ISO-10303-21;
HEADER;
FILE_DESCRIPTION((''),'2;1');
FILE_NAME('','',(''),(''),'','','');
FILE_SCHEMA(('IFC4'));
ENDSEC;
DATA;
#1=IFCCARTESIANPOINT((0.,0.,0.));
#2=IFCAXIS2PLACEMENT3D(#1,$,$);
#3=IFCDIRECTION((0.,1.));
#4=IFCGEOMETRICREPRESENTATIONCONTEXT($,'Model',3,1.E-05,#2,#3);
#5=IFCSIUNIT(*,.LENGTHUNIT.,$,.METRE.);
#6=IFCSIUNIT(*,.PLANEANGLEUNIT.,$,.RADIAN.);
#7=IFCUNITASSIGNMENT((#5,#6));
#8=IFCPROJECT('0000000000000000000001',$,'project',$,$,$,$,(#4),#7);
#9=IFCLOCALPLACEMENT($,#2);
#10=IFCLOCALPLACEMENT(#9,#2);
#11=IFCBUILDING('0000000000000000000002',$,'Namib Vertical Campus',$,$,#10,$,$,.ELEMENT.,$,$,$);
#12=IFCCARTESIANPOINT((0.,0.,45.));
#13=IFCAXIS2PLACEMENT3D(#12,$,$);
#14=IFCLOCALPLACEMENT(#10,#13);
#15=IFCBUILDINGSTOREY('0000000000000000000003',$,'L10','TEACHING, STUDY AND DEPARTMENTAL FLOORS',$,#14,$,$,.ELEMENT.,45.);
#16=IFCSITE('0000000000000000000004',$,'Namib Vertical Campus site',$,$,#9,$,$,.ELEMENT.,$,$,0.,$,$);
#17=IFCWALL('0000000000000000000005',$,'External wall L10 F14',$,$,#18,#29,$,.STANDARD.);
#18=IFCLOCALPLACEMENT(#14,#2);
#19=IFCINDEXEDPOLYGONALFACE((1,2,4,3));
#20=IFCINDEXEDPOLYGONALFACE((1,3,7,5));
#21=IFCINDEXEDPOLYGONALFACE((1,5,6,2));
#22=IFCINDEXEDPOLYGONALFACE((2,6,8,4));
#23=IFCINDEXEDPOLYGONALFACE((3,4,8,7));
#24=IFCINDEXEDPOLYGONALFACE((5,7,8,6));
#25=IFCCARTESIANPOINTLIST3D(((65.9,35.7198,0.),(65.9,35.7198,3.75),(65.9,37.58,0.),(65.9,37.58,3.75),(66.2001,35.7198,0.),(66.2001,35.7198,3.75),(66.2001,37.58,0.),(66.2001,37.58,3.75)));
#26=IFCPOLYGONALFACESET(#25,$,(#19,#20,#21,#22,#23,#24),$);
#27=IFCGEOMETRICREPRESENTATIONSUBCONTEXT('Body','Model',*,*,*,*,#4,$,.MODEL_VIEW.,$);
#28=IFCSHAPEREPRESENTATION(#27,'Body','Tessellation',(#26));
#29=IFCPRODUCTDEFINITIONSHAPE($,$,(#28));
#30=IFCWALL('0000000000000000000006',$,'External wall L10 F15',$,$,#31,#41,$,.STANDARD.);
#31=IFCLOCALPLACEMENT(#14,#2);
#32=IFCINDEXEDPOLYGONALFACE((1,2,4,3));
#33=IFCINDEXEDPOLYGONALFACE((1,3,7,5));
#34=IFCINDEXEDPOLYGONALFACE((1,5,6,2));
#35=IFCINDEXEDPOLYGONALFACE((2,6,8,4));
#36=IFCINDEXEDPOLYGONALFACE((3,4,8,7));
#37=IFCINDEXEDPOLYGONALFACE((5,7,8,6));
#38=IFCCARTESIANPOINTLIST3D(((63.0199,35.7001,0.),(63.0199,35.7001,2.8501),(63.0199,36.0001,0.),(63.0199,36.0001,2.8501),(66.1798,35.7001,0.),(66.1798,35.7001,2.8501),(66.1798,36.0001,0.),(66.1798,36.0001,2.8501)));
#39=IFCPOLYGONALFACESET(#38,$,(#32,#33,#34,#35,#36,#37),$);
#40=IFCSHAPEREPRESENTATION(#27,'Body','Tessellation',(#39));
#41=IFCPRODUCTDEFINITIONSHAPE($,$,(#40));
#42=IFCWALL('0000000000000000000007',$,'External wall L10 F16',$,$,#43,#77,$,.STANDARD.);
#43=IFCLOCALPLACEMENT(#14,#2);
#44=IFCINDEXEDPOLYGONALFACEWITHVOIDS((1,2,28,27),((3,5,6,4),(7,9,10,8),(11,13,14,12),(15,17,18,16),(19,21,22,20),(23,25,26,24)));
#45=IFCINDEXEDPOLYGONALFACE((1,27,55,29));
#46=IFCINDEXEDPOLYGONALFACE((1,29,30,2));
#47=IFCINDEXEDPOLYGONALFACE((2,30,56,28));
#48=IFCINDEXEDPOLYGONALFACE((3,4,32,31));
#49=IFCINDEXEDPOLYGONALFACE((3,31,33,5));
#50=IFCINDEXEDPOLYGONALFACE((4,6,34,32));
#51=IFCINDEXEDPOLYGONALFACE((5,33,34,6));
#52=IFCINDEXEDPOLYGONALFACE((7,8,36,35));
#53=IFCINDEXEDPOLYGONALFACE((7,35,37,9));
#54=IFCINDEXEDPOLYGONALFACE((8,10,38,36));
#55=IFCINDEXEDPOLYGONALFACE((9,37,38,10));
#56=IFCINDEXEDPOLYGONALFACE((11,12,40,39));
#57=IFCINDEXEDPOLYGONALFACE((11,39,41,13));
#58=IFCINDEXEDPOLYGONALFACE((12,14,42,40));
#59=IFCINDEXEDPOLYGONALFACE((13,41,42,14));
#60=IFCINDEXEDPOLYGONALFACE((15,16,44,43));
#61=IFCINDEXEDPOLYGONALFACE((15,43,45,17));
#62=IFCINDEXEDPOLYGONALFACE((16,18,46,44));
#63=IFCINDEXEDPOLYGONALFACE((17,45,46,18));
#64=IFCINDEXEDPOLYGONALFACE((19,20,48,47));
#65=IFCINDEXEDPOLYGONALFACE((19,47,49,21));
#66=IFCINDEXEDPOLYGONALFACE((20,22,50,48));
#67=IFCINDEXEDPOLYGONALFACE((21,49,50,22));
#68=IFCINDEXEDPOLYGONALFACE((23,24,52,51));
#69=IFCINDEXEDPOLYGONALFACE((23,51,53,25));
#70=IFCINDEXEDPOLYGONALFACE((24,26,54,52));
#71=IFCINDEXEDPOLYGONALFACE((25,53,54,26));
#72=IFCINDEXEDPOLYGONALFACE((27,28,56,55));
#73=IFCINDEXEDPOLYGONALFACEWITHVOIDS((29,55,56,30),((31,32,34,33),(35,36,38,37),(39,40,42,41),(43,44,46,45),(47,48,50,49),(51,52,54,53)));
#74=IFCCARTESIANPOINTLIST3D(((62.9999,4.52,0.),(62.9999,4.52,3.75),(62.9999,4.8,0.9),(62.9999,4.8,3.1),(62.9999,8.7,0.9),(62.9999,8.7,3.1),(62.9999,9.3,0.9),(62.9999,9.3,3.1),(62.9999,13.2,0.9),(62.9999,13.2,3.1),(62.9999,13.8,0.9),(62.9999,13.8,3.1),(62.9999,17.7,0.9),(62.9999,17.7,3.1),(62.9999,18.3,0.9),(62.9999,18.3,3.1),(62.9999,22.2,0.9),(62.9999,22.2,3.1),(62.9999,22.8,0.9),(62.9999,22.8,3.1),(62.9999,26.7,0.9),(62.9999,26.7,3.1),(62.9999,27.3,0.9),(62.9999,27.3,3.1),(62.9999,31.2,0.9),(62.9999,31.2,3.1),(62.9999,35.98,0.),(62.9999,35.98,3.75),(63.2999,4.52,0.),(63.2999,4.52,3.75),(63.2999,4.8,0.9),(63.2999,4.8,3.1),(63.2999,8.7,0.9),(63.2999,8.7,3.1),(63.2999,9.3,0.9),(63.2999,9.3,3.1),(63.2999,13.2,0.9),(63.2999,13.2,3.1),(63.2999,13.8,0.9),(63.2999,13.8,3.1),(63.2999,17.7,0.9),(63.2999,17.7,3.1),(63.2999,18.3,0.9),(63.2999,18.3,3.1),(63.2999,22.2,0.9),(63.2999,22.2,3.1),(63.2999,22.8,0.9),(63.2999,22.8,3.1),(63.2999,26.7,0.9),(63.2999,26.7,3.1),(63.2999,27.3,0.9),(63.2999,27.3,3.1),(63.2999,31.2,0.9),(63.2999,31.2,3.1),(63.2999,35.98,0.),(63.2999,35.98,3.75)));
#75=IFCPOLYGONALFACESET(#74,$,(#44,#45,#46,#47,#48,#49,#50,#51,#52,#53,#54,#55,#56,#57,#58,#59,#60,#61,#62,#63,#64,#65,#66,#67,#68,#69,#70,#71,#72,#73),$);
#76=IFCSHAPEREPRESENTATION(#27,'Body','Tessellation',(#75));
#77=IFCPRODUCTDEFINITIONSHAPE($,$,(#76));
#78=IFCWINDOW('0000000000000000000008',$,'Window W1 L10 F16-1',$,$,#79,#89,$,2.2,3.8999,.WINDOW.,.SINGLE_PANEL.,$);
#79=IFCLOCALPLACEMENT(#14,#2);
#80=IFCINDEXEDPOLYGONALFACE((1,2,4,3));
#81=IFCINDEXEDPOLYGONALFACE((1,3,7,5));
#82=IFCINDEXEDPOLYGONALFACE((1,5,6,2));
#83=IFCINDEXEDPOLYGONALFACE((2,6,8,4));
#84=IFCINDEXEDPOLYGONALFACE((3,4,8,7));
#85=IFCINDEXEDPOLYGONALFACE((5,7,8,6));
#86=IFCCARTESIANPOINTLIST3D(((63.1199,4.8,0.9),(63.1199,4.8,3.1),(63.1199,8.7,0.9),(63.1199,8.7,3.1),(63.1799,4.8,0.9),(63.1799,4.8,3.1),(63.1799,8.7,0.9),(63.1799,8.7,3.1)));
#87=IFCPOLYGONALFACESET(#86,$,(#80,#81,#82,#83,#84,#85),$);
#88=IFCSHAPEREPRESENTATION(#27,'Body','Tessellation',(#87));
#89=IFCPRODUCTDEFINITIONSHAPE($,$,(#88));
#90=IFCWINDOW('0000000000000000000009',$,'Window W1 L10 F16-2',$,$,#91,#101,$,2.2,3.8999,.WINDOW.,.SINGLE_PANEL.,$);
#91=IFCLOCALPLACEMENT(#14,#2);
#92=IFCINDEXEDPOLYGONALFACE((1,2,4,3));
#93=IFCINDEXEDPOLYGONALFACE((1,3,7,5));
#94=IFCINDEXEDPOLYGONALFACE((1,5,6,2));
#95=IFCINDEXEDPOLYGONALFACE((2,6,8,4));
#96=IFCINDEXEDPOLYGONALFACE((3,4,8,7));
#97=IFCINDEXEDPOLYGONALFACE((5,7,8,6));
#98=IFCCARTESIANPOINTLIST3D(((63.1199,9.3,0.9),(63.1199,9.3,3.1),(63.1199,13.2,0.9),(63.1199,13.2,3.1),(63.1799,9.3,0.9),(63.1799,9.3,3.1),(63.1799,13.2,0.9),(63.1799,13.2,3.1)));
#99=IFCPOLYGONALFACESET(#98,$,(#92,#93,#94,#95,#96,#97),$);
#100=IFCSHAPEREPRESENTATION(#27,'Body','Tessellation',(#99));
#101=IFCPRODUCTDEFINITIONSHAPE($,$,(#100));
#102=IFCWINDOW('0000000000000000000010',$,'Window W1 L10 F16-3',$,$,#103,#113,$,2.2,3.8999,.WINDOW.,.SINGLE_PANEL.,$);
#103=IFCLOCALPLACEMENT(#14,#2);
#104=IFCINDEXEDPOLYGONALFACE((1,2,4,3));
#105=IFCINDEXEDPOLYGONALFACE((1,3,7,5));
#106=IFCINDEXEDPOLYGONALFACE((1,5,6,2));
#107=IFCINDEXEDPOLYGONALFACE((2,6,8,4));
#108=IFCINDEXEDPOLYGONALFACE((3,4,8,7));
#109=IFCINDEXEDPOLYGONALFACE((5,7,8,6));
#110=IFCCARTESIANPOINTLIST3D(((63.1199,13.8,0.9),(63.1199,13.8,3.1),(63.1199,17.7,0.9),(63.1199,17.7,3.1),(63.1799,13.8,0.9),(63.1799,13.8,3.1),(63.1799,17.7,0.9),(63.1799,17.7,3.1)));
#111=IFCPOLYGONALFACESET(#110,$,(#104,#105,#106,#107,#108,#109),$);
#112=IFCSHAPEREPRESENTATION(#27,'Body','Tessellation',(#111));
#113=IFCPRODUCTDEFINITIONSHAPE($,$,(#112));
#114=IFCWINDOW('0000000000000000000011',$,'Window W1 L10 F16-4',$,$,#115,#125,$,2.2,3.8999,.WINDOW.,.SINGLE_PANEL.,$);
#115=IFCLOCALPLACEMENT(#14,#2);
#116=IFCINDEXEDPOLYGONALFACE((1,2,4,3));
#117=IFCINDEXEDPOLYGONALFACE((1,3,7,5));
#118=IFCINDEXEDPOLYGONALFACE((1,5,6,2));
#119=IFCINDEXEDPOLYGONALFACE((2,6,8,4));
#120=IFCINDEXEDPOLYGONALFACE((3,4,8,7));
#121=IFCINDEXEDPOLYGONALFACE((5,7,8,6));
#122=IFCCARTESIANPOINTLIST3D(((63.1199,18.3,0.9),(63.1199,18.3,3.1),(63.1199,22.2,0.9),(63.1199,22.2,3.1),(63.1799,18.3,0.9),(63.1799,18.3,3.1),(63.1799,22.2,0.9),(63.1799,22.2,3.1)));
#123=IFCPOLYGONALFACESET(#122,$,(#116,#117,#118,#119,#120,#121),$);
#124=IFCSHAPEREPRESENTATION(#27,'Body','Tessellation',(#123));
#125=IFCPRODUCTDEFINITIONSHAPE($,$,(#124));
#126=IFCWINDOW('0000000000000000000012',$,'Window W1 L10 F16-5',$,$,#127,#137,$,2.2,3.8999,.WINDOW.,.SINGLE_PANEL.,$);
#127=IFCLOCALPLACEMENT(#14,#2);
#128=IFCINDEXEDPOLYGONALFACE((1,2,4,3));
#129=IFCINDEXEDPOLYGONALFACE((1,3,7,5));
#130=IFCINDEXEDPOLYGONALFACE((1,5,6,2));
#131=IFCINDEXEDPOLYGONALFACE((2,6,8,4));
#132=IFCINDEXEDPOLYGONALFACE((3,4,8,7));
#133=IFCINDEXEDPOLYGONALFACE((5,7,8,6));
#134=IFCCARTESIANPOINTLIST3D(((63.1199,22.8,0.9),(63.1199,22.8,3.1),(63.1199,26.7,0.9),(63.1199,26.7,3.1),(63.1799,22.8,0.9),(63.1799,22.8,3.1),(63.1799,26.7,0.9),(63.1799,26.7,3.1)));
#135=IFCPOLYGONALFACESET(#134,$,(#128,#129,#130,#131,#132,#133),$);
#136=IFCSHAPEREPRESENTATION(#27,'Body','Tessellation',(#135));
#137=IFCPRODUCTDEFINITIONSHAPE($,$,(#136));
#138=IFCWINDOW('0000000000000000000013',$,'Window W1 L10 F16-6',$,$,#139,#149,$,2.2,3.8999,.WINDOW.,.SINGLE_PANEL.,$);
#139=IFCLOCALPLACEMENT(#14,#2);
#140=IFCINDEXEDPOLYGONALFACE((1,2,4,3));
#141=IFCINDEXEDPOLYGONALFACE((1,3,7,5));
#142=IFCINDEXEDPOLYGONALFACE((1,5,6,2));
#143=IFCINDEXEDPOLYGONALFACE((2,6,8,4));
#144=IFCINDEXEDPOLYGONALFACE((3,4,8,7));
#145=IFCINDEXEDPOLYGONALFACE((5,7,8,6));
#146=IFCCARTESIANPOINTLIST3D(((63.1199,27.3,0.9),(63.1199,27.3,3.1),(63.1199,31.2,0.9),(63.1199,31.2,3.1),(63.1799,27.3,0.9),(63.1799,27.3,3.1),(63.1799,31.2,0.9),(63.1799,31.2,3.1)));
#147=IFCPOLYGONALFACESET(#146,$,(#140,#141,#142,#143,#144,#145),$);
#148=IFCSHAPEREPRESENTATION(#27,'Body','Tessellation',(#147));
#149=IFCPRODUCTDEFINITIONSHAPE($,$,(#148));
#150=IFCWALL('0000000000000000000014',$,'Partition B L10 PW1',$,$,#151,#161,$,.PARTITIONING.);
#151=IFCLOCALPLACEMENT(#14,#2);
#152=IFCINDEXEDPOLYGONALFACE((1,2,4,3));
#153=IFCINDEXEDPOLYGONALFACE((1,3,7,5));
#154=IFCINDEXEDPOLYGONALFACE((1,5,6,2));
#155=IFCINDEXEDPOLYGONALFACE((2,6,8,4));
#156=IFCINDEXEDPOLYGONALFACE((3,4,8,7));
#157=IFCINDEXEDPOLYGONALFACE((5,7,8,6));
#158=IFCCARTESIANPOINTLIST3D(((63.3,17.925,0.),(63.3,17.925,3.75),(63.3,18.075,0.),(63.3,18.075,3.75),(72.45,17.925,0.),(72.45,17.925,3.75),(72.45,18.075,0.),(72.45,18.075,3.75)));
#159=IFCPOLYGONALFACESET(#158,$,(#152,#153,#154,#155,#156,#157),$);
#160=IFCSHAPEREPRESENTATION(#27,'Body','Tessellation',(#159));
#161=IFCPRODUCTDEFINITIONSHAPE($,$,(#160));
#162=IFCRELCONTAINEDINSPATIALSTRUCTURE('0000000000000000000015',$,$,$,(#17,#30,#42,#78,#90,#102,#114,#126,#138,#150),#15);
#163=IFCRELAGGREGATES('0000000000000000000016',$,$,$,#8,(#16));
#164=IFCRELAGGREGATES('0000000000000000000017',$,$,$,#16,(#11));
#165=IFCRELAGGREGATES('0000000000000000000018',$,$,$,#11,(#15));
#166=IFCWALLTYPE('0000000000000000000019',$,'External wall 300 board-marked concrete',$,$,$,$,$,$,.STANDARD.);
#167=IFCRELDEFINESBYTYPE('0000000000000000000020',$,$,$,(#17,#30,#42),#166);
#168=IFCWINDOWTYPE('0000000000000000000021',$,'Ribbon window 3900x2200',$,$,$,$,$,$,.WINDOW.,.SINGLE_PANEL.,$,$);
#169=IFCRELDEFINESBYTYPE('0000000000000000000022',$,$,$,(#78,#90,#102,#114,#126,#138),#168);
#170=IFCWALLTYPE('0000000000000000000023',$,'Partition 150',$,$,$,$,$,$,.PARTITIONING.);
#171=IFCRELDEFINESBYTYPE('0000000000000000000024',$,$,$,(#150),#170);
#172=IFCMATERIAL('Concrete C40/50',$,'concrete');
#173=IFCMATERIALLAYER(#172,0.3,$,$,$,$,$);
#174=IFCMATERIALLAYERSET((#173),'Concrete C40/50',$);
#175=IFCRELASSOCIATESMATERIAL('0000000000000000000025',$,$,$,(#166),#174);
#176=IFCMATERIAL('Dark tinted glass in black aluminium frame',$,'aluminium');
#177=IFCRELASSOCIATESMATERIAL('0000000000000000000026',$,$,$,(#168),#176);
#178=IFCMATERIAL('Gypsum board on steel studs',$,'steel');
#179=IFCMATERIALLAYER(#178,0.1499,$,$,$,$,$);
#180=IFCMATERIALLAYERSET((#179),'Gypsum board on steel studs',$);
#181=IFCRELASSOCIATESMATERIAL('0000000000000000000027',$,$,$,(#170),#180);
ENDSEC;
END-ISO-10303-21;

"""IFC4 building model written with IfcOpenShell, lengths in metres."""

from ifc_helpers import new_model, si_unit, direction, frame, frame_2d, origin, place, context, subcontext, project, spatial, rectangle, extrude, material, layer, layer_set, type_object, element, fill, save


model = new_model("IFC4")

# Units and contexts
model_context = context("Model", 3, precision=1e-05, world=origin(), true_north=direction((0.0, 1.0)))
body_context = subcontext(model_context, "Body", "Model", "MODEL_VIEW")
ifc_project = project(units=[si_unit("LENGTHUNIT", "METRE"), si_unit("PLANEANGLEUNIT", "RADIAN")], contexts=[model_context])

# Site, building, storey
site_placement = place(None, origin())
site = spatial("IfcSite", under=ifc_project, at=site_placement, Name="Namib Vertical Campus site", CompositionType="ELEMENT", RefElevation=0.0)
building_placement = place(site_placement, origin())
building = spatial("IfcBuilding", under=site, at=building_placement, Name="Namib Vertical Campus", CompositionType="ELEMENT")
storey_placement = place(building_placement, frame((0.0, 0.0, 45.0)))
storey = spatial("IfcBuildingStorey", under=building, at=storey_placement, Name="L10", Description="TEACHING, STUDY AND DEPARTMENTAL FLOORS", CompositionType="ELEMENT", Elevation=45.0)

# Walls
ifc_material_1 = material(Name="Concrete C40/50", Category="concrete")
ifc_layer_1 = layer(ifc_material_1, 0.3)
ifc_layer_set_1 = layer_set([ifc_layer_1], Name="Concrete C40/50")
wall_type_1 = type_object("IfcWallType", Name="External wall 300 board-marked concrete", PredefinedType="STANDARD", material=ifc_layer_set_1)
wall_1_placement = place(storey_placement, frame((66.05, 37.5801, 0.0), z_axis=(0.0, 0.0, 1.0), x_axis=(0.0, -1.0, 0.0)))
element("IfcWall", 1, at=wall_1_placement, inside=storey, type_object=wall_type_1, Name="External wall L10 F14", PredefinedType="STANDARD", context=body_context, shape_type="SweptSolid", body=[
    extrude(rectangle(XDim=1.8601, YDim=0.3, at=frame_2d((0.9302, 0.0))), origin(), (0.0, 0.0, 1.0), 3.75),
])
wall_2_placement = place(storey_placement, frame((66.1799, 35.8501, 0.0), z_axis=(0.0, 0.0, 1.0), x_axis=(-1.0, 0.0, 0.0)))
element("IfcWall", 2, at=wall_2_placement, inside=storey, type_object=wall_type_1, Name="External wall L10 F15", PredefinedType="STANDARD", context=body_context, shape_type="SweptSolid", body=[
    extrude(rectangle(XDim=3.1599, YDim=0.3, at=frame_2d((1.5801, 0.0))), origin(), (0.0, 0.0, 1.0), 2.8501),
])

# Wall, openings, windows
wall_3_placement = place(storey_placement, frame((63.1499, 35.98, 0.0), z_axis=(0.0, 0.0, 1.0), x_axis=(0.0, -1.0, 0.0)))
wall_3 = element("IfcWall", 3, at=wall_3_placement, inside=storey, type_object=wall_type_1, Name="External wall L10 F16", PredefinedType="STANDARD", context=body_context, shape_type="SweptSolid", body=[
    extrude(rectangle(XDim=31.46, YDim=0.3, at=frame_2d((15.73, 0.0))), origin(), (0.0, 0.0, 1.0), 3.75),
])
opening_1_placement = place(wall_3_placement, frame((27.28, 0.0, 0.8999)))
opening_1 = element("IfcOpeningElement", 4, at=opening_1_placement, cuts=wall_3, PredefinedType="OPENING", context=body_context, shape_type="SweptSolid", body=[
    extrude(rectangle(XDim=3.8999, YDim=2.2, at=frame_2d((1.95, 1.1001))), frame((0.0, 0.1599, 0.0), z_axis=(0.0, -1.0, 0.0), x_axis=(1.0, 0.0, 0.0)), (0.0, 0.0, 1.0), 0.3201),
])
opening_2_placement = place(wall_3_placement, frame((22.78, 0.0, 0.8999)))
opening_2 = element("IfcOpeningElement", 5, at=opening_2_placement, cuts=wall_3, PredefinedType="OPENING", context=body_context, shape_type="SweptSolid", body=[
    extrude(rectangle(XDim=3.8999, YDim=2.2, at=frame_2d((1.95, 1.1001))), frame((0.0, 0.1599, 0.0), z_axis=(0.0, -1.0, 0.0), x_axis=(1.0, 0.0, 0.0)), (0.0, 0.0, 1.0), 0.3201),
])
opening_3_placement = place(wall_3_placement, frame((18.28, 0.0, 0.8999)))
opening_3 = element("IfcOpeningElement", 6, at=opening_3_placement, cuts=wall_3, PredefinedType="OPENING", context=body_context, shape_type="SweptSolid", body=[
    extrude(rectangle(XDim=3.8999, YDim=2.2, at=frame_2d((1.95, 1.1001))), frame((0.0, 0.1599, 0.0), z_axis=(0.0, -1.0, 0.0), x_axis=(1.0, 0.0, 0.0)), (0.0, 0.0, 1.0), 0.3201),
])
opening_4_placement = place(wall_3_placement, frame((13.78, 0.0, 0.8999)))
opening_4 = element("IfcOpeningElement", 7, at=opening_4_placement, cuts=wall_3, PredefinedType="OPENING", context=body_context, shape_type="SweptSolid", body=[
    extrude(rectangle(XDim=3.8999, YDim=2.2, at=frame_2d((1.95, 1.1001))), frame((0.0, 0.1599, 0.0), z_axis=(0.0, -1.0, 0.0), x_axis=(1.0, 0.0, 0.0)), (0.0, 0.0, 1.0), 0.3201),
])
opening_5_placement = place(wall_3_placement, frame((9.28, 0.0, 0.8999)))
opening_5 = element("IfcOpeningElement", 8, at=opening_5_placement, cuts=wall_3, PredefinedType="OPENING", context=body_context, shape_type="SweptSolid", body=[
    extrude(rectangle(XDim=3.8999, YDim=2.2, at=frame_2d((1.95, 1.1001))), frame((0.0, 0.1599, 0.0), z_axis=(0.0, -1.0, 0.0), x_axis=(1.0, 0.0, 0.0)), (0.0, 0.0, 1.0), 0.3201),
])
opening_6_placement = place(wall_3_placement, frame((4.78, 0.0, 0.8999)))
opening_6 = element("IfcOpeningElement", 9, at=opening_6_placement, cuts=wall_3, PredefinedType="OPENING", context=body_context, shape_type="SweptSolid", body=[
    extrude(rectangle(XDim=3.8999, YDim=2.2, at=frame_2d((1.95, 1.1001))), frame((0.0, 0.1599, 0.0), z_axis=(0.0, -1.0, 0.0), x_axis=(1.0, 0.0, 0.0)), (0.0, 0.0, 1.0), 0.3201),
])
ifc_material_2 = material(Name="Dark tinted glass in black aluminium frame", Category="aluminium")
window_type = type_object("IfcWindowType", Name="Ribbon window 3900x2200", PartitioningType="SINGLE_PANEL", PredefinedType="WINDOW", material=ifc_material_2)
window_1_placement = place(opening_1_placement, origin())
window_1 = element("IfcWindow", 10, at=window_1_placement, inside=storey, type_object=window_type, Name="Window W1 L10 F16-1", OverallHeight=2.2, OverallWidth=3.8999, PartitioningType="SINGLE_PANEL", PredefinedType="WINDOW", context=body_context, shape_type="SweptSolid", body=[
    extrude(rectangle(XDim=3.8999, YDim=2.2, at=frame_2d((1.95, 1.1001))), frame((0.0, 0.03, 0.0), z_axis=(0.0, -1.0, 0.0), x_axis=(1.0, 0.0, 0.0)), (0.0, 0.0, 1.0), 0.0601),
])
fill(opening_1, window_1)
window_2_placement = place(opening_2_placement, origin())
window_2 = element("IfcWindow", 11, at=window_2_placement, inside=storey, type_object=window_type, Name="Window W1 L10 F16-2", OverallHeight=2.2, OverallWidth=3.8999, PartitioningType="SINGLE_PANEL", PredefinedType="WINDOW", context=body_context, shape_type="SweptSolid", body=[
    extrude(rectangle(XDim=3.8999, YDim=2.2, at=frame_2d((1.95, 1.1001))), frame((0.0, 0.03, 0.0), z_axis=(0.0, -1.0, 0.0), x_axis=(1.0, 0.0, 0.0)), (0.0, 0.0, 1.0), 0.0601),
])
fill(opening_2, window_2)
window_3_placement = place(opening_3_placement, origin())
window_3 = element("IfcWindow", 12, at=window_3_placement, inside=storey, type_object=window_type, Name="Window W1 L10 F16-3", OverallHeight=2.2, OverallWidth=3.8999, PartitioningType="SINGLE_PANEL", PredefinedType="WINDOW", context=body_context, shape_type="SweptSolid", body=[
    extrude(rectangle(XDim=3.8999, YDim=2.2, at=frame_2d((1.95, 1.1001))), frame((0.0, 0.03, 0.0), z_axis=(0.0, -1.0, 0.0), x_axis=(1.0, 0.0, 0.0)), (0.0, 0.0, 1.0), 0.0601),
])
fill(opening_3, window_3)
window_4_placement = place(opening_4_placement, origin())
window_4 = element("IfcWindow", 13, at=window_4_placement, inside=storey, type_object=window_type, Name="Window W1 L10 F16-4", OverallHeight=2.2, OverallWidth=3.8999, PartitioningType="SINGLE_PANEL", PredefinedType="WINDOW", context=body_context, shape_type="SweptSolid", body=[
    extrude(rectangle(XDim=3.8999, YDim=2.2, at=frame_2d((1.95, 1.1001))), frame((0.0, 0.03, 0.0), z_axis=(0.0, -1.0, 0.0), x_axis=(1.0, 0.0, 0.0)), (0.0, 0.0, 1.0), 0.0601),
])
fill(opening_4, window_4)
window_5_placement = place(opening_5_placement, origin())
window_5 = element("IfcWindow", 14, at=window_5_placement, inside=storey, type_object=window_type, Name="Window W1 L10 F16-5", OverallHeight=2.2, OverallWidth=3.8999, PartitioningType="SINGLE_PANEL", PredefinedType="WINDOW", context=body_context, shape_type="SweptSolid", body=[
    extrude(rectangle(XDim=3.8999, YDim=2.2, at=frame_2d((1.95, 1.1001))), frame((0.0, 0.03, 0.0), z_axis=(0.0, -1.0, 0.0), x_axis=(1.0, 0.0, 0.0)), (0.0, 0.0, 1.0), 0.0601),
])
fill(opening_5, window_5)
window_6_placement = place(opening_6_placement, origin())
window_6 = element("IfcWindow", 15, at=window_6_placement, inside=storey, type_object=window_type, Name="Window W1 L10 F16-6", OverallHeight=2.2, OverallWidth=3.8999, PartitioningType="SINGLE_PANEL", PredefinedType="WINDOW", context=body_context, shape_type="SweptSolid", body=[
    extrude(rectangle(XDim=3.8999, YDim=2.2, at=frame_2d((1.95, 1.1001))), frame((0.0, 0.03, 0.0), z_axis=(0.0, -1.0, 0.0), x_axis=(1.0, 0.0, 0.0)), (0.0, 0.0, 1.0), 0.0601),
])
fill(opening_6, window_6)

# Wall
ifc_material_3 = material(Name="Gypsum board on steel studs", Category="steel")
ifc_layer_2 = layer(ifc_material_3, 0.1499)
ifc_layer_set_2 = layer_set([ifc_layer_2], Name="Gypsum board on steel studs")
wall_type_2 = type_object("IfcWallType", Name="Partition 150", PredefinedType="PARTITIONING", material=ifc_layer_set_2)
wall_4_placement = place(storey_placement, frame((63.3, 18.0, 0.0), z_axis=(0.0, 0.0, 1.0), x_axis=(1.0, 0.0, 0.0)))
element("IfcWall", 16, at=wall_4_placement, inside=storey, type_object=wall_type_2, Name="Partition B L10 PW1", PredefinedType="PARTITIONING", context=body_context, shape_type="SweptSolid", body=[
    extrude(rectangle(XDim=9.1499, YDim=0.1499, at=frame_2d((4.575, 0.0))), origin(), (0.0, 0.0, 1.0), 3.75),
])

save(model, "model.ifc")
